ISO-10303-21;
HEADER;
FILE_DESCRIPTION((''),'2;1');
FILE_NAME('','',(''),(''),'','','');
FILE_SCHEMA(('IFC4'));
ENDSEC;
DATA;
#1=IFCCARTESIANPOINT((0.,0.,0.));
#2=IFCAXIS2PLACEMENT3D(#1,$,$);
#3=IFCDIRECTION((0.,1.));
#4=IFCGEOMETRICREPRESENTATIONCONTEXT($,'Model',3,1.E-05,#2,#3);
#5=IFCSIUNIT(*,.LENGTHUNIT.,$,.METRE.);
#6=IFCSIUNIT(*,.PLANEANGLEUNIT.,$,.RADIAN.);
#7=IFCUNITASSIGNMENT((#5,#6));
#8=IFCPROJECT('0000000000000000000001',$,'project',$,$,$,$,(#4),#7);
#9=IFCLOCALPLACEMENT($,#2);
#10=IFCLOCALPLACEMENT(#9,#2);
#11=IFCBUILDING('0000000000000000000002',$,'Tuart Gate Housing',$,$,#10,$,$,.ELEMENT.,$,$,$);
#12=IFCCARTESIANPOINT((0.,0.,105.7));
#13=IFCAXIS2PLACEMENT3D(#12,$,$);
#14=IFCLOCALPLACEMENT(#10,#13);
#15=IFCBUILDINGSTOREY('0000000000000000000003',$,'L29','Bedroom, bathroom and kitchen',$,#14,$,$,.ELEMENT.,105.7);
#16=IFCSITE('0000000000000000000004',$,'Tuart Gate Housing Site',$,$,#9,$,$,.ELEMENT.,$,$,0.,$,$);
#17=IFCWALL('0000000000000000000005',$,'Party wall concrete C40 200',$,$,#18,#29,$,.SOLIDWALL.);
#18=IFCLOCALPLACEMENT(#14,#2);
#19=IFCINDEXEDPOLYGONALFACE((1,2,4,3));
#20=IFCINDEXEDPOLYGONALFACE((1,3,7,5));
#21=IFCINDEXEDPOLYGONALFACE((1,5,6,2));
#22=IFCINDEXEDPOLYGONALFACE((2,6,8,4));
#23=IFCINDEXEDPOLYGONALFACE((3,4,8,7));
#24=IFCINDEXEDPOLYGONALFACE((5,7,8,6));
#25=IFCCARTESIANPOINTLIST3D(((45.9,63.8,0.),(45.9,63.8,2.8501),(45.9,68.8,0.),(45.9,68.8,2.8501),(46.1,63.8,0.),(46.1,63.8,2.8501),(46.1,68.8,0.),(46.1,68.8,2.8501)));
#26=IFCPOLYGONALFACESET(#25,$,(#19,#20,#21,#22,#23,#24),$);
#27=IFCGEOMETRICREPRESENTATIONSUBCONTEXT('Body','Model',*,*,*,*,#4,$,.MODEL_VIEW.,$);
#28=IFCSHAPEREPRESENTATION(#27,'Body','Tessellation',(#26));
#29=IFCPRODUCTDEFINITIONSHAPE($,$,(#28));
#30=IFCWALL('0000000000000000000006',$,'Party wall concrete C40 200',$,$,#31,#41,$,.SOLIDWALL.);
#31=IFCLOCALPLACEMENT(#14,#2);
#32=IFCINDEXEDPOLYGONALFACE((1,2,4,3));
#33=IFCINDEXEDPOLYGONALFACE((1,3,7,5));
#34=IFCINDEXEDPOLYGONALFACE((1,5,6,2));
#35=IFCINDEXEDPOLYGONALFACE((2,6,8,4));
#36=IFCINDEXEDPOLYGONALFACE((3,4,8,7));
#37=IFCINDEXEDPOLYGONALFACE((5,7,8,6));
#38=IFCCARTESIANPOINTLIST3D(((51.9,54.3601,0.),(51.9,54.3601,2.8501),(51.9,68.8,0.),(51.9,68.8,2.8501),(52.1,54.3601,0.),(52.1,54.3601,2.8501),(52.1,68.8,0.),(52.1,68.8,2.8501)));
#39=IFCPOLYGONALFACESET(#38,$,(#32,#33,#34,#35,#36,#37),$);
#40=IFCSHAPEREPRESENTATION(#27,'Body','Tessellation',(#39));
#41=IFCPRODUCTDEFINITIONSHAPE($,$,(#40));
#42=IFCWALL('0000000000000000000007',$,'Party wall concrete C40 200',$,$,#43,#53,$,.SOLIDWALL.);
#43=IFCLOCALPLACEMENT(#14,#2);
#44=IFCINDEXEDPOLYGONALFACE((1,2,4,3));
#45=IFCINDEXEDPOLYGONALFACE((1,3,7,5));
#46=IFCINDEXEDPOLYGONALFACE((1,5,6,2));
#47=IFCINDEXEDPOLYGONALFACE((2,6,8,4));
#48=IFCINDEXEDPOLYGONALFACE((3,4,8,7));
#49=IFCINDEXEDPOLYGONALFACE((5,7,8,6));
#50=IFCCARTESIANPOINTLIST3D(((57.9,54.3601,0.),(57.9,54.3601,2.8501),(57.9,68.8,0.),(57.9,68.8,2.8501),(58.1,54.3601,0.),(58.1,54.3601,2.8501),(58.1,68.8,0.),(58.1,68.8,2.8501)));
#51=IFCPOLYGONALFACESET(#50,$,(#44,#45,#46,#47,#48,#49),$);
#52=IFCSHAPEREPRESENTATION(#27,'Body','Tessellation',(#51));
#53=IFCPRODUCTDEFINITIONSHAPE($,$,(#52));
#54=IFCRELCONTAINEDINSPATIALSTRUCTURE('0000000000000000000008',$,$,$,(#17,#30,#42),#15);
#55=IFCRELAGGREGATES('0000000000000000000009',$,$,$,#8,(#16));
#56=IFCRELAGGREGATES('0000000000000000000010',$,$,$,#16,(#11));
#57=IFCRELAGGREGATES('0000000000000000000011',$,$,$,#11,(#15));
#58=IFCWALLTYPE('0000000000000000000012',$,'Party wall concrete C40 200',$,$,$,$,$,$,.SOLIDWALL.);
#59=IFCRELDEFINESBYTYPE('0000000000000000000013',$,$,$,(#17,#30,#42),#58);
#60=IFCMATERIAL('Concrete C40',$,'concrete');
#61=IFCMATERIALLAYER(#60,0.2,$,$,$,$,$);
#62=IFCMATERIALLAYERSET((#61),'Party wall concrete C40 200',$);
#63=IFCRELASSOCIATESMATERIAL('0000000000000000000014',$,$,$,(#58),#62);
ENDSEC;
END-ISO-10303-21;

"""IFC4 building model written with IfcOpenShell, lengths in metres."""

from ifc_helpers import new_model, si_unit, direction, frame, frame_2d, origin, place, context, subcontext, project, spatial, rectangle, extrude, material, layer, layer_set, type_object, element, save


model = new_model("IFC4")

# Units and contexts
model_context = context("Model", 3, precision=1e-05, world=origin(), true_north=direction((0.0, 1.0)))
body_context = subcontext(model_context, "Body", "Model", "MODEL_VIEW")
ifc_project = project(units=[si_unit("LENGTHUNIT", "METRE"), si_unit("PLANEANGLEUNIT", "RADIAN")], contexts=[model_context])

# Site, building, storey
site_placement = place(None, origin())
site = spatial("IfcSite", under=ifc_project, at=site_placement, Name="Tuart Gate Housing Site", CompositionType="ELEMENT", RefElevation=0.0)
building_placement = place(site_placement, origin())
building = spatial("IfcBuilding", under=site, at=building_placement, Name="Tuart Gate Housing", CompositionType="ELEMENT")
storey_placement = place(building_placement, frame((0.0, 0.0, 105.7)))
storey = spatial("IfcBuildingStorey", under=building, at=storey_placement, Name="L29", Description="Bedroom, bathroom and kitchen", CompositionType="ELEMENT", Elevation=105.7)

# Walls
ifc_material_1 = material(Name="Concrete C40", Category="concrete")
ifc_layer_1 = layer(ifc_material_1, 0.2)
ifc_layer_set_1 = layer_set([ifc_layer_1], Name="Party wall concrete C40 200")
wall_type_1 = type_object("IfcWallType", Name="Party wall concrete C40 200", PredefinedType="SOLIDWALL", material=ifc_layer_set_1)
wall_1_placement = place(storey_placement, frame((46.0, 63.8, 0.0), z_axis=(0.0, 0.0, 1.0), x_axis=(0.0, 1.0, 0.0)))
element("IfcWall", 1, at=wall_1_placement, inside=storey, type_object=wall_type_1, Name="Party wall concrete C40 200", PredefinedType="SOLIDWALL", context=body_context, shape_type="SweptSolid", body=[
    extrude(rectangle(XDim=5.0, YDim=0.2, at=frame_2d((2.5, 0.0))), origin(), (0.0, 0.0, 1.0), 2.8501),
])
for number, where, z_axis, x_axis, name in (
    (2, (52.0, 54.3601, 0.0), (0.0, 0.0, 1.0), (0.0, 1.0, 0.0), "Party wall concrete C40 200"),
    (3, (58.0, 54.3601, 0.0), (0.0, 0.0, 1.0), (0.0, 1.0, 0.0), "Party wall concrete C40 200"),
):
    element("IfcWall", number, at=place(storey_placement, frame(where, z_axis=z_axis, x_axis=x_axis)), inside=storey, type_object=wall_type_1, Name=name, PredefinedType="SOLIDWALL", context=body_context, shape_type="SweptSolid", body=[
        extrude(rectangle(XDim=14.4399, YDim=0.2, at=frame_2d((7.22, 0.0))), origin(), (0.0, 0.0, 1.0), 2.8501),
    ])

save(model, "model.ifc")
